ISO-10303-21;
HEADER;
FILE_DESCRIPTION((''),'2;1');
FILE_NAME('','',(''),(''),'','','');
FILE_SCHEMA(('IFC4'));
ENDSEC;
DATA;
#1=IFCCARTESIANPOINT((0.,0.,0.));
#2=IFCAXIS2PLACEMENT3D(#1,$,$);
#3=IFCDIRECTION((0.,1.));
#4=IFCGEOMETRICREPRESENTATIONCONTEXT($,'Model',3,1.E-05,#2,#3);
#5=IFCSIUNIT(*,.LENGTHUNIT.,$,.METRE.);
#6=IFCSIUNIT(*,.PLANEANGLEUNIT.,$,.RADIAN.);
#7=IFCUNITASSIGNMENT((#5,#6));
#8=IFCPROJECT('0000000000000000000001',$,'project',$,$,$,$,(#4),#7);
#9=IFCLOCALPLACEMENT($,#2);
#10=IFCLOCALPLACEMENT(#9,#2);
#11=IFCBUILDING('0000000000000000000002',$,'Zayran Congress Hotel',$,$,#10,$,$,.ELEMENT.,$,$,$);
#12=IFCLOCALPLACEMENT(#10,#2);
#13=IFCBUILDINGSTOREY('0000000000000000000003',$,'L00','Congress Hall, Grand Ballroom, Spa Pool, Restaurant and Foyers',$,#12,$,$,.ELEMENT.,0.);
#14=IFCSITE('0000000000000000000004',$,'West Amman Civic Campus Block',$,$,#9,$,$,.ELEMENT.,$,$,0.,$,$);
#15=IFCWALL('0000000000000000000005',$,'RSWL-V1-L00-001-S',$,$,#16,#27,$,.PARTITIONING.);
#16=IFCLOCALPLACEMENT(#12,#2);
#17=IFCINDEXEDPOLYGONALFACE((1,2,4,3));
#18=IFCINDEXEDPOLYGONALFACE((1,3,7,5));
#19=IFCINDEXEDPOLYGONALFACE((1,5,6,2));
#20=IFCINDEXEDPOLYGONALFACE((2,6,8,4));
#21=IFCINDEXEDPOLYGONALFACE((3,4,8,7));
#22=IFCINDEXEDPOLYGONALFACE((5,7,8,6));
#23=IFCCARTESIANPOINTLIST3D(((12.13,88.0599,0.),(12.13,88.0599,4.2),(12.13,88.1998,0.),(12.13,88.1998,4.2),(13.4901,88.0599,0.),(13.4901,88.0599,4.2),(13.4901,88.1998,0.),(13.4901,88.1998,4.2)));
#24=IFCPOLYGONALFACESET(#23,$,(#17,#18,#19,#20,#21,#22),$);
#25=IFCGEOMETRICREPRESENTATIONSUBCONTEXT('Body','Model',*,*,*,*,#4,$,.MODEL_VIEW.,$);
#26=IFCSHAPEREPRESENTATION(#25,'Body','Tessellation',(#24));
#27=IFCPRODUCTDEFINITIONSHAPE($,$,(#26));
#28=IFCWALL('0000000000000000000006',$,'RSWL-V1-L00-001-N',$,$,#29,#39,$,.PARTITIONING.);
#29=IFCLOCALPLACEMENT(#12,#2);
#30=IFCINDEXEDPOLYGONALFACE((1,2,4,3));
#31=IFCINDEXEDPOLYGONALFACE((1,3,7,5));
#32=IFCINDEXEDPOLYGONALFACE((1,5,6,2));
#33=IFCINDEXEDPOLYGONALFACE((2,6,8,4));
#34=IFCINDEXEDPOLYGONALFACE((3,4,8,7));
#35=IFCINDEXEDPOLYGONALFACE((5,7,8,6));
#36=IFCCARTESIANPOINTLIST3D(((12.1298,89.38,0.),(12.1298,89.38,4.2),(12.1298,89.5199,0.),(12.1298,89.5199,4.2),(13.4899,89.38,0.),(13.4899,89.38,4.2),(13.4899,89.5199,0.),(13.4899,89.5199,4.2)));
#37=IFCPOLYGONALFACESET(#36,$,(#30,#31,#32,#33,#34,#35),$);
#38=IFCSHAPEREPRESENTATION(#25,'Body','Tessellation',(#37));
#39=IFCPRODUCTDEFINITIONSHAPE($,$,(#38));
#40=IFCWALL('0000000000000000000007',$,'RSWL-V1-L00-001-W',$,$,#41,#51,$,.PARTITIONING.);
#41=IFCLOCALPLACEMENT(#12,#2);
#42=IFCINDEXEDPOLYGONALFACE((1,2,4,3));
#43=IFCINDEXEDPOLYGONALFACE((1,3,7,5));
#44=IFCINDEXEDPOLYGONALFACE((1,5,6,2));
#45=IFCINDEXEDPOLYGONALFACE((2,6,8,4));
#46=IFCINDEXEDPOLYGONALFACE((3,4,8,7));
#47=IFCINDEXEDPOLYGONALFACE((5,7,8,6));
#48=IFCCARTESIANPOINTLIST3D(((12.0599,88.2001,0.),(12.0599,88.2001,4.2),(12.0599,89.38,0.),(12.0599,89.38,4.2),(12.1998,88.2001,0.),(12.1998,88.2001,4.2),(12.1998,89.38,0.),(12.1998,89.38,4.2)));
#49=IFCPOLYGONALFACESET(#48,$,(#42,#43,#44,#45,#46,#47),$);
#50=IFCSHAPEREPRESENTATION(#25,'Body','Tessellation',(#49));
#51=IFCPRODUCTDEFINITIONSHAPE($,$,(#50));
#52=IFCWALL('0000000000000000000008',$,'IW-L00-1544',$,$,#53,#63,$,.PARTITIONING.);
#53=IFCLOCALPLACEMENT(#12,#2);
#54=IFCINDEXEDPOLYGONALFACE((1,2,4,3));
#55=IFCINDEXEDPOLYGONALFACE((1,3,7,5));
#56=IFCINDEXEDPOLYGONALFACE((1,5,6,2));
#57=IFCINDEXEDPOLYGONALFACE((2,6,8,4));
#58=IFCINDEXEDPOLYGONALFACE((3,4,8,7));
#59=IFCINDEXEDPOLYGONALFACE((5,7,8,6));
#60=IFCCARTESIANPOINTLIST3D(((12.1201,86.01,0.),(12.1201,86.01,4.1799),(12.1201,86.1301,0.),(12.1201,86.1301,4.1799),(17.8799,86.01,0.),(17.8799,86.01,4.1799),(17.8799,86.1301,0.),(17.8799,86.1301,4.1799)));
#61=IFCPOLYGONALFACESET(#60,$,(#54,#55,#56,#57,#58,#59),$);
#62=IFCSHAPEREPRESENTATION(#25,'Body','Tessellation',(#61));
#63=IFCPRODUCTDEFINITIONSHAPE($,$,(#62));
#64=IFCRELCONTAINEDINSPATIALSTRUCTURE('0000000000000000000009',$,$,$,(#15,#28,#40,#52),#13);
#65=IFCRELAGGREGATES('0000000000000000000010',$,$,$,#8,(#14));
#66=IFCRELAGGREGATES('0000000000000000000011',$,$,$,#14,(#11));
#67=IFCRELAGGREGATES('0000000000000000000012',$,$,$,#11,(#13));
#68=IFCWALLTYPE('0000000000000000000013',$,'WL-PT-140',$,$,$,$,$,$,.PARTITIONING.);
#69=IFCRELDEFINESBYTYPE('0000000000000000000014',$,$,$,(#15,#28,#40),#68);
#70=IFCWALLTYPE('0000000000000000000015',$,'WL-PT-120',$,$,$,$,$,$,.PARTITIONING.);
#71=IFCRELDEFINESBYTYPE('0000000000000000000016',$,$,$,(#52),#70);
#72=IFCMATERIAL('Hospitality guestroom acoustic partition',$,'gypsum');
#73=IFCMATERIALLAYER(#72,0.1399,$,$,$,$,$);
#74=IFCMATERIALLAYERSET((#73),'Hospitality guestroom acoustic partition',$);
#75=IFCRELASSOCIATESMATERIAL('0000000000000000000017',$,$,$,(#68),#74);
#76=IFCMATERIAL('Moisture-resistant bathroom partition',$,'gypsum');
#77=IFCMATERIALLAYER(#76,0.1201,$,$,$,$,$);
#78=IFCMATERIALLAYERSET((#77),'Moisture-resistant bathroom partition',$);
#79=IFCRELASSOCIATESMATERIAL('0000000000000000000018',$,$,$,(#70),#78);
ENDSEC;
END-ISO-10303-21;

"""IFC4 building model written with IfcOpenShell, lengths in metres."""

from ifc_helpers import new_model, si_unit, direction, frame, frame_2d, origin, place, context, subcontext, project, spatial, rectangle, extrude, material, layer, layer_set, type_object, element, save


model = new_model("IFC4")

# Units and contexts
model_context = context("Model", 3, precision=1e-05, world=origin(), true_north=direction((0.0, 1.0)))
body_context = subcontext(model_context, "Body", "Model", "MODEL_VIEW")
ifc_project = project(units=[si_unit("LENGTHUNIT", "METRE"), si_unit("PLANEANGLEUNIT", "RADIAN")], contexts=[model_context])

# Site, building, storey
site_placement = place(None, origin())
site = spatial("IfcSite", under=ifc_project, at=site_placement, Name="West Amman Civic Campus Block", CompositionType="ELEMENT", RefElevation=0.0)
building_placement = place(site_placement, origin())
building = spatial("IfcBuilding", under=site, at=building_placement, Name="Zayran Congress Hotel", CompositionType="ELEMENT")
storey_placement = place(building_placement, origin())
storey = spatial("IfcBuildingStorey", under=building, at=storey_placement, Name="L00", Description="Congress Hall, Grand Ballroom, Spa Pool, Restaurant and Foyers", CompositionType="ELEMENT", Elevation=0.0)

# Walls
ifc_material_1 = material(Name="Hospitality guestroom acoustic partition", Category="gypsum")
ifc_layer_1 = layer(ifc_material_1, 0.1399)
ifc_layer_set_1 = layer_set([ifc_layer_1], Name="Hospitality guestroom acoustic partition")
wall_type_1 = type_object("IfcWallType", Name="WL-PT-140", PredefinedType="PARTITIONING", material=ifc_layer_set_1)
for number, where, z_axis, x_axis, name in (
    (1, (12.1299, 88.1299, 0.0), (0.0, 0.0, 1.0), (1.0, 0.0, 0.0), "RSWL-V1-L00-001-S"),
    (2, (13.49, 89.45, 0.0), (0.0, 0.0, 1.0), (-1.0, 0.0, 0.0), "RSWL-V1-L00-001-N"),
):
    element("IfcWall", number, at=place(storey_placement, frame(where, z_axis=z_axis, x_axis=x_axis)), inside=storey, type_object=wall_type_1, Name=name, PredefinedType="PARTITIONING", context=body_context, shape_type="SweptSolid", body=[
        extrude(rectangle(XDim=1.3601, YDim=0.1399, at=frame_2d((0.6802, 0.0))), origin(), (0.0, 0.0, 1.0), 4.2),
    ])
for number, where, z_axis, x_axis, name in (
    (3, (12.1299, 89.3799, 0.0), (0.0, 0.0, 1.0), (0.0, -1.0, 0.0), "RSWL-V1-L00-001-W"),
):
    element("IfcWall", number, at=place(storey_placement, frame(where, z_axis=z_axis, x_axis=x_axis)), inside=storey, type_object=wall_type_1, Name=name, PredefinedType="PARTITIONING", context=body_context, shape_type="SweptSolid", body=[
        extrude(rectangle(XDim=1.1799, YDim=0.1399, at=frame_2d((0.5898, 0.0))), origin(), (0.0, 0.0, 1.0), 4.2),
    ])
ifc_material_2 = material(Name="Moisture-resistant bathroom partition", Category="gypsum")
ifc_layer_2 = layer(ifc_material_2, 0.1201)
ifc_layer_set_2 = layer_set([ifc_layer_2], Name="Moisture-resistant bathroom partition")
wall_type_2 = type_object("IfcWallType", Name="WL-PT-120", PredefinedType="PARTITIONING", material=ifc_layer_set_2)
wall_1_placement = place(storey_placement, frame((12.1201, 86.0701, 0.0), z_axis=(0.0, 0.0, 1.0), x_axis=(1.0, 0.0, 0.0)))
element("IfcWall", 4, at=wall_1_placement, inside=storey, type_object=wall_type_2, Name="IW-L00-1544", PredefinedType="PARTITIONING", context=body_context, shape_type="SweptSolid", body=[
    extrude(rectangle(XDim=5.7598, YDim=0.1201, at=frame_2d((2.8799, 0.0))), origin(), (0.0, 0.0, 1.0), 4.1799),
])

save(model, "model.ifc")
